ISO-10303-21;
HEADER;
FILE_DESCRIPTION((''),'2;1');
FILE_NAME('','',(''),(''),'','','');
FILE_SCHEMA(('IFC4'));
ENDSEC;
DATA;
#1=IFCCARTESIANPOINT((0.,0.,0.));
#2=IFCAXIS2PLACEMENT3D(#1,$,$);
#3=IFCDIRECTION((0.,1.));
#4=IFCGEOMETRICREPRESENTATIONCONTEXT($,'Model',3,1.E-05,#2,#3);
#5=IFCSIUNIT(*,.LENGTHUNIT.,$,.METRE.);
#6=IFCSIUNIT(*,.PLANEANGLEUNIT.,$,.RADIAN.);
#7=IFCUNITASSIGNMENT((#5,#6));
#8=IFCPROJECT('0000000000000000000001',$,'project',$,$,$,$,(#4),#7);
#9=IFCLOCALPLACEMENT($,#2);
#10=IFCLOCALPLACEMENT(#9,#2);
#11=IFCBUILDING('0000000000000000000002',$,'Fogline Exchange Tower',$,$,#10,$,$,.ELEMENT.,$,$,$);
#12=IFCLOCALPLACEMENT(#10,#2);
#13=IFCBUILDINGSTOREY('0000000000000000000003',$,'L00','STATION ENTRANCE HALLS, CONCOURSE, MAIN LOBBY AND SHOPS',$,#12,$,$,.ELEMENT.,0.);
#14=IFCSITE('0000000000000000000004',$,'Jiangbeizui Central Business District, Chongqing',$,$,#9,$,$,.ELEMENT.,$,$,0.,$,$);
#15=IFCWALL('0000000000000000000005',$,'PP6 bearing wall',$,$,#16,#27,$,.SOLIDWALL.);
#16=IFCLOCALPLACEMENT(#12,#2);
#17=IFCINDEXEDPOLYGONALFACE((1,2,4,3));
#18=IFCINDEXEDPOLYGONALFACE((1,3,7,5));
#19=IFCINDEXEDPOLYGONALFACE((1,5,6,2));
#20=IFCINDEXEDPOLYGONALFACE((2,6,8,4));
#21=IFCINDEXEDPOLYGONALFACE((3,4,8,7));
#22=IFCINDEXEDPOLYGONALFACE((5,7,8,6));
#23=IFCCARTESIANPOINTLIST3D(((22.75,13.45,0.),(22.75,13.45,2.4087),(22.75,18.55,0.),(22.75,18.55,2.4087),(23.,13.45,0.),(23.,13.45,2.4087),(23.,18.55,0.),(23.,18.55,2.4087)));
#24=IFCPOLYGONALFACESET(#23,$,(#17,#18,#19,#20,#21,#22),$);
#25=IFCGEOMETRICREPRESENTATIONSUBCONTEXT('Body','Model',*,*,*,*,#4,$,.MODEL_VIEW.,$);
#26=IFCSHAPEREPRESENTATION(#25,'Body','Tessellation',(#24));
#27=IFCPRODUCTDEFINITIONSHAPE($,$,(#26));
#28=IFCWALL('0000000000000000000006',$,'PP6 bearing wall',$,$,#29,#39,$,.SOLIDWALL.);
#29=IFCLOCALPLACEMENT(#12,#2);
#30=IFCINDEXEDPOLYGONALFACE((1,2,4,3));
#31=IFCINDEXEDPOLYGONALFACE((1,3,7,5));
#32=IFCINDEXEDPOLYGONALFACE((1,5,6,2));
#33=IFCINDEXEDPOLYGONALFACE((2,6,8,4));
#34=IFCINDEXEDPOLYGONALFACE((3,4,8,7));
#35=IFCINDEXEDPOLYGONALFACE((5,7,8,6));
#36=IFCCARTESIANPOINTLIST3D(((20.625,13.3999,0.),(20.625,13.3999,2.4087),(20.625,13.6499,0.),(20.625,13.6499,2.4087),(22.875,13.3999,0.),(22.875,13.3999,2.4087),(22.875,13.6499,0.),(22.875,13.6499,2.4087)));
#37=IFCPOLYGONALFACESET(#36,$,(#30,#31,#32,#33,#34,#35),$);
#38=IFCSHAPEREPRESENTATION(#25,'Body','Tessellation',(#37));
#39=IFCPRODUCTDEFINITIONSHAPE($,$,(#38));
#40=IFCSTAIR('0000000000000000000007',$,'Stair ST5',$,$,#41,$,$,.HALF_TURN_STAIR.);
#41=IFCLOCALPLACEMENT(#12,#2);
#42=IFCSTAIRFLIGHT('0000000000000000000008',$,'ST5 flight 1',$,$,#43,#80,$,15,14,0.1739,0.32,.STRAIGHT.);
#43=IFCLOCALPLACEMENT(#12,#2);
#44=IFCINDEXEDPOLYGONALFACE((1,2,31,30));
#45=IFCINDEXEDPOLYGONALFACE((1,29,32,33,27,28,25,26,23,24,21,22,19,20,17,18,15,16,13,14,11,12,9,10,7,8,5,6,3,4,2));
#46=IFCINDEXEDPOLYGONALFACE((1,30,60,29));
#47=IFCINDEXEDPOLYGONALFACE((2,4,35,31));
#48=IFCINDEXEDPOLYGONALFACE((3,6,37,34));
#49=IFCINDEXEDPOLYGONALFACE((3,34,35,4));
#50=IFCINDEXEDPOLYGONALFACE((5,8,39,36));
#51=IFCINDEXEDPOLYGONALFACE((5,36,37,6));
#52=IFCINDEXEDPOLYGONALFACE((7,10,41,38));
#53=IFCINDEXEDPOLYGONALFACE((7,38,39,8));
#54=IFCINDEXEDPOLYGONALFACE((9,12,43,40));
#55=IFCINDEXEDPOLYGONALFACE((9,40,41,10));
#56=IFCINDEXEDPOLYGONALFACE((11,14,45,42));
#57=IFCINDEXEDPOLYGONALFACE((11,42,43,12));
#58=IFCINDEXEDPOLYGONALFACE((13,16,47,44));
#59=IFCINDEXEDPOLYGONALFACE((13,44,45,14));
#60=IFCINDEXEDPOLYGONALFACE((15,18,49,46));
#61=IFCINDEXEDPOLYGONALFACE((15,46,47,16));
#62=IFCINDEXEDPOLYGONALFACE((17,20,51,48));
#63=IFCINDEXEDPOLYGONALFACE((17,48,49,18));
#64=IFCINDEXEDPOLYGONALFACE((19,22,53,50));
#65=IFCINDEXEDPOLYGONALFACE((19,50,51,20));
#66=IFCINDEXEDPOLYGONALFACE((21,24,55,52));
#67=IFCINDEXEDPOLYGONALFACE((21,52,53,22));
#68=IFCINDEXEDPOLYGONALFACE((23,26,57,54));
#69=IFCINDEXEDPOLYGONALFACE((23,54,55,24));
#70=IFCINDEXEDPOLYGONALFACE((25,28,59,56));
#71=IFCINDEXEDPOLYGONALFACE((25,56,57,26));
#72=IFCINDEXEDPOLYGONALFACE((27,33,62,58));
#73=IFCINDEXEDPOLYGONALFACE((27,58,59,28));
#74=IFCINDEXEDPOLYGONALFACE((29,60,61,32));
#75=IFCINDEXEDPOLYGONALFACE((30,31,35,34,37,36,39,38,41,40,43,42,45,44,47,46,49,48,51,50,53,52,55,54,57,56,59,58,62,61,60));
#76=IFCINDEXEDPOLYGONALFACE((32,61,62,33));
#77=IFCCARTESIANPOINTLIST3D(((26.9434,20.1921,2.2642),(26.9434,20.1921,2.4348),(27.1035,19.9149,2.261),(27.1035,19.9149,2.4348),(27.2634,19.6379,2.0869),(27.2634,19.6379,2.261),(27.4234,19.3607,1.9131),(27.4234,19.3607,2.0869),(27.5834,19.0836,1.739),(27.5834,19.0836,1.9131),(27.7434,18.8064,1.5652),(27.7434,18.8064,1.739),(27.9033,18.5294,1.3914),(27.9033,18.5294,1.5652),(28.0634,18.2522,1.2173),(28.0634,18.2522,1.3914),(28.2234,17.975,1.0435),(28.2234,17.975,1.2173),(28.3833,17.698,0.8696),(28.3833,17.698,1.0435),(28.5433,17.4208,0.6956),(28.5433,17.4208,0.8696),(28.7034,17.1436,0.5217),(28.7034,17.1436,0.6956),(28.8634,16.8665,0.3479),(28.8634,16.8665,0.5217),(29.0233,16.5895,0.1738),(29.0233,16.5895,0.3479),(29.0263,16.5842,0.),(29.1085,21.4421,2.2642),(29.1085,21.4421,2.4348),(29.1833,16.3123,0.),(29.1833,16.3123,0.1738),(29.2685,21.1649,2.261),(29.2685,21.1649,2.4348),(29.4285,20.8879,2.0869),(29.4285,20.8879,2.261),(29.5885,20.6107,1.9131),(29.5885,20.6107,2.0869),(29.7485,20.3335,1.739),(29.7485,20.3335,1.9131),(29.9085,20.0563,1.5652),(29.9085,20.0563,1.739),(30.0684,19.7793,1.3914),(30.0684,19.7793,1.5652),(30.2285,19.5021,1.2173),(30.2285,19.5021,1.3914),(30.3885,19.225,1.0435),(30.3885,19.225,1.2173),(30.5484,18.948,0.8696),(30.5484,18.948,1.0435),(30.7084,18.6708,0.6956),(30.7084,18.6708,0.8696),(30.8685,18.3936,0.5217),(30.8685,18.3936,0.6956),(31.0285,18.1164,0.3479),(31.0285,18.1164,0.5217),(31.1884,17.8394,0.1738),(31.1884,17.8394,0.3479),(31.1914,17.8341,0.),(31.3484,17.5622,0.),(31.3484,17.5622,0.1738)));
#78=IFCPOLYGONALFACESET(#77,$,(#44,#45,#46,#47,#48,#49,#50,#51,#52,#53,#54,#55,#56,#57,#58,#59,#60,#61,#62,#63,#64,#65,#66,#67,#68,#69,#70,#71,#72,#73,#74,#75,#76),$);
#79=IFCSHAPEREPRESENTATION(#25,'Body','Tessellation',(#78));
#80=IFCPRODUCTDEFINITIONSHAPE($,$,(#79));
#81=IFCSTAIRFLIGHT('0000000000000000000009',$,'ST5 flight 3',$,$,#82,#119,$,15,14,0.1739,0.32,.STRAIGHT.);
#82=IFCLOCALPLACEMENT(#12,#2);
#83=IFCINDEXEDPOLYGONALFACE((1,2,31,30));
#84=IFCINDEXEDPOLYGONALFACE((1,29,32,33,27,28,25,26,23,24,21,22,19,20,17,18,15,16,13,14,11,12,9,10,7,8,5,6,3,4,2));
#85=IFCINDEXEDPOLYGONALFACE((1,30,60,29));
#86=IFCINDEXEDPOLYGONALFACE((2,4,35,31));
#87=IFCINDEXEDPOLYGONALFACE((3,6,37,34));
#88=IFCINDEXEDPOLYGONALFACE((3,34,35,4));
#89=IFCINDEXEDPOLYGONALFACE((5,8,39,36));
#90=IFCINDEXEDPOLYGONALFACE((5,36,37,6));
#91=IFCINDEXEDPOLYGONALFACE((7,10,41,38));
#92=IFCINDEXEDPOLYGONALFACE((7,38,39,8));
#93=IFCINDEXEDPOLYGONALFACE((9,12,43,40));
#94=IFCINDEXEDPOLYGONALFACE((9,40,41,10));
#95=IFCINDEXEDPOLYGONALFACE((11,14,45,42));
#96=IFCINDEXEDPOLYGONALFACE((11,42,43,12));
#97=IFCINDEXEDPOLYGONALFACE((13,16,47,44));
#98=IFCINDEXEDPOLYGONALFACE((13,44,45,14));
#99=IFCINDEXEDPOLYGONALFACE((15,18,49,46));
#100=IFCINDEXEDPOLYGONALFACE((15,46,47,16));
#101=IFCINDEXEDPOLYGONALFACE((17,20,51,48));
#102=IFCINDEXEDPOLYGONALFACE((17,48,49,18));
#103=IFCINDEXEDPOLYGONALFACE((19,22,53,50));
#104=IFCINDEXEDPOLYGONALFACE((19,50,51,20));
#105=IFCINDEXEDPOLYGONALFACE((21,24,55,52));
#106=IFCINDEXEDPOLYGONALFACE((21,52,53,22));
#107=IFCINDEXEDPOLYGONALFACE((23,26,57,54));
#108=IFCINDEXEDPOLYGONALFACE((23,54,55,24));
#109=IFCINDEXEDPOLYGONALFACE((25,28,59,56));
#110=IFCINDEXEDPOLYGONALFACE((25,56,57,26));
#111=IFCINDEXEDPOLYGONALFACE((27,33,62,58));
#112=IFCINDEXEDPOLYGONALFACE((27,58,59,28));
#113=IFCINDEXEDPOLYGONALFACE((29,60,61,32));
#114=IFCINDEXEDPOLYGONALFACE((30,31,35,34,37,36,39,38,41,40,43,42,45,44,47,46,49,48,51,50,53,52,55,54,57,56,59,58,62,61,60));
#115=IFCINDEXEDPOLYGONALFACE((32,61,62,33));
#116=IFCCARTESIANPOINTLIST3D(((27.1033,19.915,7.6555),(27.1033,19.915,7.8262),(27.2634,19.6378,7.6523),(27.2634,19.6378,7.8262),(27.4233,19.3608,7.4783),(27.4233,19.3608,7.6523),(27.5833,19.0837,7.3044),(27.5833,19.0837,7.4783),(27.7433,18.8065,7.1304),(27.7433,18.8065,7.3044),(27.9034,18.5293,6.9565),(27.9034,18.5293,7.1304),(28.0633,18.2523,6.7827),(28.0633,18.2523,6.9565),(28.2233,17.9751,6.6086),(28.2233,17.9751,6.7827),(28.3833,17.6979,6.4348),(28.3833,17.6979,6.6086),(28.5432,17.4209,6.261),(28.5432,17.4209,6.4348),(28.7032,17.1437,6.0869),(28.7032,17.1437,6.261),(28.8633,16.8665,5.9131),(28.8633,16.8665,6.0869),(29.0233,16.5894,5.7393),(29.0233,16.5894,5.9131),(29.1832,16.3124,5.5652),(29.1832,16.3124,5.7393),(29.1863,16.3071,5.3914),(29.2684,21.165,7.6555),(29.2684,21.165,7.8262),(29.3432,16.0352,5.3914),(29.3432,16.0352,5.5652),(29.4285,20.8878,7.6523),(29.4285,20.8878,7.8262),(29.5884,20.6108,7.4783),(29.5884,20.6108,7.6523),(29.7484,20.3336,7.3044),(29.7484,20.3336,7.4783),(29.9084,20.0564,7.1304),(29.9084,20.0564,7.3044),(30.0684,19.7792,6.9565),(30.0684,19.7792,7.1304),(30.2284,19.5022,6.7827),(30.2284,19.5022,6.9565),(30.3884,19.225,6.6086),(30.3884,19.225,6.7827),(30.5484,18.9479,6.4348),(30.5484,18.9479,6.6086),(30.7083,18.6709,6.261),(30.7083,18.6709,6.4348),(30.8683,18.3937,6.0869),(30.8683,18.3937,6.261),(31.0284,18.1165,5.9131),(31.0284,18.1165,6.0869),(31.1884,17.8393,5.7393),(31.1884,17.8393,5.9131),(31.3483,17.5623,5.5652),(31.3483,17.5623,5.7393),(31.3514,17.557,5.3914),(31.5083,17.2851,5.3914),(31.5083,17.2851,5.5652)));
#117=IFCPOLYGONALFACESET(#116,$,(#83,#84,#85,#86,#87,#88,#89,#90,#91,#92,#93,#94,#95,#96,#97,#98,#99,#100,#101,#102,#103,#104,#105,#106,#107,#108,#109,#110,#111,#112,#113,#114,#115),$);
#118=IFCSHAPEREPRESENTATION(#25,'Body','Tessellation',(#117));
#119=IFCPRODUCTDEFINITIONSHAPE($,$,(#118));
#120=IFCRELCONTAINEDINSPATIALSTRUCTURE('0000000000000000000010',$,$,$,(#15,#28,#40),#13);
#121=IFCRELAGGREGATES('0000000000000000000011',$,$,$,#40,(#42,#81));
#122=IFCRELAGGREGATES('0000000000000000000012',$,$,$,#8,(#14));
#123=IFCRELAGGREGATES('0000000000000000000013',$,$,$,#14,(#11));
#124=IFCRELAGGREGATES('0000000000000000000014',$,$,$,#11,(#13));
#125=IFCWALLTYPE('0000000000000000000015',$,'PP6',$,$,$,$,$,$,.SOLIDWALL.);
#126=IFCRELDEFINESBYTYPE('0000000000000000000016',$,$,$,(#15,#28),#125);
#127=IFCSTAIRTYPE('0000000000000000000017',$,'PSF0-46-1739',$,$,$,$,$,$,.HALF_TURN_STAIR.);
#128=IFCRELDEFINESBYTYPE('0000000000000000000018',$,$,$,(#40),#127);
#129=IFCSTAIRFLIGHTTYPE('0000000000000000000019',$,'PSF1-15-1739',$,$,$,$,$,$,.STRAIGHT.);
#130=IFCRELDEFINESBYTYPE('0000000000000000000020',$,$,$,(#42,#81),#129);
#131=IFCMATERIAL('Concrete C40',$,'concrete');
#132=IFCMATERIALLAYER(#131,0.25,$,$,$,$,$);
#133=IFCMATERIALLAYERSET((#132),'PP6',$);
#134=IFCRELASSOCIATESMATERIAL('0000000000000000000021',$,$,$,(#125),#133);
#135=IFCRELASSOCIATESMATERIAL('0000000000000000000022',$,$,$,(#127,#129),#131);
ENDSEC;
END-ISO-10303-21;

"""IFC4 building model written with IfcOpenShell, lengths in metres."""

from ifc_helpers import new_model, si_unit, direction, frame, frame_2d, origin, place, context, subcontext, project, spatial, polyline, rectangle, outline, extrude, material, layer, layer_set, type_object, element, aggregate, save


model = new_model("IFC4")

# Units and contexts
model_context = context("Model", 3, precision=1e-05, world=origin(), true_north=direction((0.0, 1.0)))
body_context = subcontext(model_context, "Body", "Model", "MODEL_VIEW")
ifc_project = project(units=[si_unit("LENGTHUNIT", "METRE"), si_unit("PLANEANGLEUNIT", "RADIAN")], contexts=[model_context])

# Site, building, storey
site_placement = place(None, origin())
site = spatial("IfcSite", under=ifc_project, at=site_placement, Name="Jiangbeizui Central Business District, Chongqing", CompositionType="ELEMENT", RefElevation=0.0)
building_placement = place(site_placement, origin())
building = spatial("IfcBuilding", under=site, at=building_placement, Name="Fogline Exchange Tower", CompositionType="ELEMENT")
storey_placement = place(building_placement, origin())
storey = spatial("IfcBuildingStorey", under=building, at=storey_placement, Name="L00", Description="STATION ENTRANCE HALLS, CONCOURSE, MAIN LOBBY AND SHOPS", CompositionType="ELEMENT", Elevation=0.0)

# Shared definitions
ifc_material_1 = material(Name="Concrete C40", Category="concrete")

# Walls
ifc_layer_1 = layer(ifc_material_1, 0.25)
ifc_layer_set_1 = layer_set([ifc_layer_1], Name="PP6")
wall_type_1 = type_object("IfcWallType", Name="PP6", PredefinedType="SOLIDWALL", material=ifc_layer_set_1)
wall_1_placement = place(storey_placement, frame((22.875, 13.45, 0.0), z_axis=(0.0, 0.0, 1.0), x_axis=(0.0, 1.0, 0.0)))
element("IfcWall", 1, at=wall_1_placement, inside=storey, type_object=wall_type_1, Name="PP6 bearing wall", PredefinedType="SOLIDWALL", context=body_context, shape_type="SweptSolid", body=[
    extrude(rectangle(XDim=5.1001, YDim=0.25, at=frame_2d((2.55, 0.0))), origin(), (0.0, 0.0, 1.0), 2.4087),
])
wall_2_placement = place(storey_placement, frame((22.875, 13.5249, 0.0), z_axis=(0.0, 0.0, 1.0), x_axis=(-1.0, 0.0, 0.0)))
element("IfcWall", 2, at=wall_2_placement, inside=storey, type_object=wall_type_1, Name="PP6 bearing wall", PredefinedType="SOLIDWALL", context=body_context, shape_type="SweptSolid", body=[
    extrude(rectangle(XDim=2.25, YDim=0.25, at=frame_2d((1.125, 0.0))), origin(), (0.0, 0.0, 1.0), 2.4087),
])

# Stair, stair flights
stair_type = type_object("IfcStairType", Name="PSF0-46-1739", PredefinedType="HALF_TURN_STAIR", material=ifc_material_1)
stair_placement = place(storey_placement, origin())
stair = element("IfcStair", 3, at=stair_placement, inside=storey, type_object=stair_type, Name="Stair ST5", PredefinedType="HALF_TURN_STAIR")
stair_flight_type = type_object("IfcStairFlightType", Name="PSF1-15-1739", PredefinedType="STRAIGHT", material=ifc_material_1)
stair_flight_1_placement = place(storey_placement, frame((30.2659, 16.9373, 0.0), z_axis=(0.0, 0.0, 1.0), x_axis=(-0.499979, 0.866037, 0.0)))
stair_flight_1 = element("IfcStairFlight", 4, at=stair_flight_1_placement, type_object=stair_flight_type, Name="ST5 flight 1", NumberOfRisers=15, NumberOfTreads=14, PredefinedType="STRAIGHT", RiserHeight=0.1739, TreadLength=0.32, context=body_context, shape_type="SweptSolid", body=[
    extrude(outline(polyline([(0.0, 0.0), (0.0, 0.1738), (0.3201, 0.1738), (0.3201, 0.3479), (0.6399, 0.3479), (0.6399, 0.5217), (0.96, 0.5217), (0.96, 0.6956), (1.28, 0.6956), (1.28, 0.8696), (1.6001, 0.8696), (1.6001, 1.0435), (1.9199, 1.0435), (1.9199, 1.2173), (2.24, 1.2173), (2.24, 1.3914), (2.5601, 1.3914), (2.5601, 1.5652), (2.8799, 1.5652), (2.8799, 1.739), (3.2, 1.739), (3.2, 1.9131), (3.52, 1.9131), (3.52, 2.0869), (3.8401, 2.0869), (3.8401, 2.261), (4.1599, 2.261), (4.1599, 2.4348), (4.48, 2.4348), (4.48, 2.6086), (4.48, 2.2642), (0.314, 0.0), (0.0, 0.0)])), frame((0.0, 1.25, 0.0), z_axis=(0.0, -1.0, 0.0), x_axis=(1.0, 0.0, 0.0)), (0.0, 0.0, 1.0), 2.5),
])
stair_flight_2_placement = place(storey_placement, frame((30.4258, 16.6602, 5.3914), z_axis=(0.0, 0.0, 1.0), x_axis=(-0.499979, 0.866037, 0.0)))
stair_flight_2 = element("IfcStairFlight", 5, at=stair_flight_2_placement, type_object=stair_flight_type, Name="ST5 flight 3", NumberOfRisers=15, NumberOfTreads=14, PredefinedType="STRAIGHT", RiserHeight=0.1739, TreadLength=0.32, context=body_context, shape_type="SweptSolid", body=[
    extrude(outline(polyline([(0.0, 0.0), (0.0, 0.1738), (0.3201, 0.1738), (0.3201, 0.3479), (0.6399, 0.3479), (0.6399, 0.5217), (0.96, 0.5217), (0.96, 0.6956), (1.28, 0.6956), (1.28, 0.8696), (1.6001, 0.8696), (1.6001, 1.0435), (1.9199, 1.0435), (1.9199, 1.2173), (2.24, 1.2173), (2.24, 1.3914), (2.5601, 1.3914), (2.5601, 1.5652), (2.8799, 1.5652), (2.8799, 1.739), (3.2, 1.739), (3.2, 1.9131), (3.52, 1.9131), (3.52, 2.0869), (3.8401, 2.0869), (3.8401, 2.261), (4.1599, 2.261), (4.1599, 2.4348), (4.48, 2.4348), (4.48, 2.6086), (4.48, 2.2642), (0.314, 0.0), (0.0, 0.0)])), frame((0.0, 1.25, 0.0), z_axis=(0.0, -1.0, 0.0), x_axis=(1.0, 0.0, 0.0)), (0.0, 0.0, 1.0), 2.5),
])
aggregate(stair, [stair_flight_1, stair_flight_2])

save(model, "model.ifc")
